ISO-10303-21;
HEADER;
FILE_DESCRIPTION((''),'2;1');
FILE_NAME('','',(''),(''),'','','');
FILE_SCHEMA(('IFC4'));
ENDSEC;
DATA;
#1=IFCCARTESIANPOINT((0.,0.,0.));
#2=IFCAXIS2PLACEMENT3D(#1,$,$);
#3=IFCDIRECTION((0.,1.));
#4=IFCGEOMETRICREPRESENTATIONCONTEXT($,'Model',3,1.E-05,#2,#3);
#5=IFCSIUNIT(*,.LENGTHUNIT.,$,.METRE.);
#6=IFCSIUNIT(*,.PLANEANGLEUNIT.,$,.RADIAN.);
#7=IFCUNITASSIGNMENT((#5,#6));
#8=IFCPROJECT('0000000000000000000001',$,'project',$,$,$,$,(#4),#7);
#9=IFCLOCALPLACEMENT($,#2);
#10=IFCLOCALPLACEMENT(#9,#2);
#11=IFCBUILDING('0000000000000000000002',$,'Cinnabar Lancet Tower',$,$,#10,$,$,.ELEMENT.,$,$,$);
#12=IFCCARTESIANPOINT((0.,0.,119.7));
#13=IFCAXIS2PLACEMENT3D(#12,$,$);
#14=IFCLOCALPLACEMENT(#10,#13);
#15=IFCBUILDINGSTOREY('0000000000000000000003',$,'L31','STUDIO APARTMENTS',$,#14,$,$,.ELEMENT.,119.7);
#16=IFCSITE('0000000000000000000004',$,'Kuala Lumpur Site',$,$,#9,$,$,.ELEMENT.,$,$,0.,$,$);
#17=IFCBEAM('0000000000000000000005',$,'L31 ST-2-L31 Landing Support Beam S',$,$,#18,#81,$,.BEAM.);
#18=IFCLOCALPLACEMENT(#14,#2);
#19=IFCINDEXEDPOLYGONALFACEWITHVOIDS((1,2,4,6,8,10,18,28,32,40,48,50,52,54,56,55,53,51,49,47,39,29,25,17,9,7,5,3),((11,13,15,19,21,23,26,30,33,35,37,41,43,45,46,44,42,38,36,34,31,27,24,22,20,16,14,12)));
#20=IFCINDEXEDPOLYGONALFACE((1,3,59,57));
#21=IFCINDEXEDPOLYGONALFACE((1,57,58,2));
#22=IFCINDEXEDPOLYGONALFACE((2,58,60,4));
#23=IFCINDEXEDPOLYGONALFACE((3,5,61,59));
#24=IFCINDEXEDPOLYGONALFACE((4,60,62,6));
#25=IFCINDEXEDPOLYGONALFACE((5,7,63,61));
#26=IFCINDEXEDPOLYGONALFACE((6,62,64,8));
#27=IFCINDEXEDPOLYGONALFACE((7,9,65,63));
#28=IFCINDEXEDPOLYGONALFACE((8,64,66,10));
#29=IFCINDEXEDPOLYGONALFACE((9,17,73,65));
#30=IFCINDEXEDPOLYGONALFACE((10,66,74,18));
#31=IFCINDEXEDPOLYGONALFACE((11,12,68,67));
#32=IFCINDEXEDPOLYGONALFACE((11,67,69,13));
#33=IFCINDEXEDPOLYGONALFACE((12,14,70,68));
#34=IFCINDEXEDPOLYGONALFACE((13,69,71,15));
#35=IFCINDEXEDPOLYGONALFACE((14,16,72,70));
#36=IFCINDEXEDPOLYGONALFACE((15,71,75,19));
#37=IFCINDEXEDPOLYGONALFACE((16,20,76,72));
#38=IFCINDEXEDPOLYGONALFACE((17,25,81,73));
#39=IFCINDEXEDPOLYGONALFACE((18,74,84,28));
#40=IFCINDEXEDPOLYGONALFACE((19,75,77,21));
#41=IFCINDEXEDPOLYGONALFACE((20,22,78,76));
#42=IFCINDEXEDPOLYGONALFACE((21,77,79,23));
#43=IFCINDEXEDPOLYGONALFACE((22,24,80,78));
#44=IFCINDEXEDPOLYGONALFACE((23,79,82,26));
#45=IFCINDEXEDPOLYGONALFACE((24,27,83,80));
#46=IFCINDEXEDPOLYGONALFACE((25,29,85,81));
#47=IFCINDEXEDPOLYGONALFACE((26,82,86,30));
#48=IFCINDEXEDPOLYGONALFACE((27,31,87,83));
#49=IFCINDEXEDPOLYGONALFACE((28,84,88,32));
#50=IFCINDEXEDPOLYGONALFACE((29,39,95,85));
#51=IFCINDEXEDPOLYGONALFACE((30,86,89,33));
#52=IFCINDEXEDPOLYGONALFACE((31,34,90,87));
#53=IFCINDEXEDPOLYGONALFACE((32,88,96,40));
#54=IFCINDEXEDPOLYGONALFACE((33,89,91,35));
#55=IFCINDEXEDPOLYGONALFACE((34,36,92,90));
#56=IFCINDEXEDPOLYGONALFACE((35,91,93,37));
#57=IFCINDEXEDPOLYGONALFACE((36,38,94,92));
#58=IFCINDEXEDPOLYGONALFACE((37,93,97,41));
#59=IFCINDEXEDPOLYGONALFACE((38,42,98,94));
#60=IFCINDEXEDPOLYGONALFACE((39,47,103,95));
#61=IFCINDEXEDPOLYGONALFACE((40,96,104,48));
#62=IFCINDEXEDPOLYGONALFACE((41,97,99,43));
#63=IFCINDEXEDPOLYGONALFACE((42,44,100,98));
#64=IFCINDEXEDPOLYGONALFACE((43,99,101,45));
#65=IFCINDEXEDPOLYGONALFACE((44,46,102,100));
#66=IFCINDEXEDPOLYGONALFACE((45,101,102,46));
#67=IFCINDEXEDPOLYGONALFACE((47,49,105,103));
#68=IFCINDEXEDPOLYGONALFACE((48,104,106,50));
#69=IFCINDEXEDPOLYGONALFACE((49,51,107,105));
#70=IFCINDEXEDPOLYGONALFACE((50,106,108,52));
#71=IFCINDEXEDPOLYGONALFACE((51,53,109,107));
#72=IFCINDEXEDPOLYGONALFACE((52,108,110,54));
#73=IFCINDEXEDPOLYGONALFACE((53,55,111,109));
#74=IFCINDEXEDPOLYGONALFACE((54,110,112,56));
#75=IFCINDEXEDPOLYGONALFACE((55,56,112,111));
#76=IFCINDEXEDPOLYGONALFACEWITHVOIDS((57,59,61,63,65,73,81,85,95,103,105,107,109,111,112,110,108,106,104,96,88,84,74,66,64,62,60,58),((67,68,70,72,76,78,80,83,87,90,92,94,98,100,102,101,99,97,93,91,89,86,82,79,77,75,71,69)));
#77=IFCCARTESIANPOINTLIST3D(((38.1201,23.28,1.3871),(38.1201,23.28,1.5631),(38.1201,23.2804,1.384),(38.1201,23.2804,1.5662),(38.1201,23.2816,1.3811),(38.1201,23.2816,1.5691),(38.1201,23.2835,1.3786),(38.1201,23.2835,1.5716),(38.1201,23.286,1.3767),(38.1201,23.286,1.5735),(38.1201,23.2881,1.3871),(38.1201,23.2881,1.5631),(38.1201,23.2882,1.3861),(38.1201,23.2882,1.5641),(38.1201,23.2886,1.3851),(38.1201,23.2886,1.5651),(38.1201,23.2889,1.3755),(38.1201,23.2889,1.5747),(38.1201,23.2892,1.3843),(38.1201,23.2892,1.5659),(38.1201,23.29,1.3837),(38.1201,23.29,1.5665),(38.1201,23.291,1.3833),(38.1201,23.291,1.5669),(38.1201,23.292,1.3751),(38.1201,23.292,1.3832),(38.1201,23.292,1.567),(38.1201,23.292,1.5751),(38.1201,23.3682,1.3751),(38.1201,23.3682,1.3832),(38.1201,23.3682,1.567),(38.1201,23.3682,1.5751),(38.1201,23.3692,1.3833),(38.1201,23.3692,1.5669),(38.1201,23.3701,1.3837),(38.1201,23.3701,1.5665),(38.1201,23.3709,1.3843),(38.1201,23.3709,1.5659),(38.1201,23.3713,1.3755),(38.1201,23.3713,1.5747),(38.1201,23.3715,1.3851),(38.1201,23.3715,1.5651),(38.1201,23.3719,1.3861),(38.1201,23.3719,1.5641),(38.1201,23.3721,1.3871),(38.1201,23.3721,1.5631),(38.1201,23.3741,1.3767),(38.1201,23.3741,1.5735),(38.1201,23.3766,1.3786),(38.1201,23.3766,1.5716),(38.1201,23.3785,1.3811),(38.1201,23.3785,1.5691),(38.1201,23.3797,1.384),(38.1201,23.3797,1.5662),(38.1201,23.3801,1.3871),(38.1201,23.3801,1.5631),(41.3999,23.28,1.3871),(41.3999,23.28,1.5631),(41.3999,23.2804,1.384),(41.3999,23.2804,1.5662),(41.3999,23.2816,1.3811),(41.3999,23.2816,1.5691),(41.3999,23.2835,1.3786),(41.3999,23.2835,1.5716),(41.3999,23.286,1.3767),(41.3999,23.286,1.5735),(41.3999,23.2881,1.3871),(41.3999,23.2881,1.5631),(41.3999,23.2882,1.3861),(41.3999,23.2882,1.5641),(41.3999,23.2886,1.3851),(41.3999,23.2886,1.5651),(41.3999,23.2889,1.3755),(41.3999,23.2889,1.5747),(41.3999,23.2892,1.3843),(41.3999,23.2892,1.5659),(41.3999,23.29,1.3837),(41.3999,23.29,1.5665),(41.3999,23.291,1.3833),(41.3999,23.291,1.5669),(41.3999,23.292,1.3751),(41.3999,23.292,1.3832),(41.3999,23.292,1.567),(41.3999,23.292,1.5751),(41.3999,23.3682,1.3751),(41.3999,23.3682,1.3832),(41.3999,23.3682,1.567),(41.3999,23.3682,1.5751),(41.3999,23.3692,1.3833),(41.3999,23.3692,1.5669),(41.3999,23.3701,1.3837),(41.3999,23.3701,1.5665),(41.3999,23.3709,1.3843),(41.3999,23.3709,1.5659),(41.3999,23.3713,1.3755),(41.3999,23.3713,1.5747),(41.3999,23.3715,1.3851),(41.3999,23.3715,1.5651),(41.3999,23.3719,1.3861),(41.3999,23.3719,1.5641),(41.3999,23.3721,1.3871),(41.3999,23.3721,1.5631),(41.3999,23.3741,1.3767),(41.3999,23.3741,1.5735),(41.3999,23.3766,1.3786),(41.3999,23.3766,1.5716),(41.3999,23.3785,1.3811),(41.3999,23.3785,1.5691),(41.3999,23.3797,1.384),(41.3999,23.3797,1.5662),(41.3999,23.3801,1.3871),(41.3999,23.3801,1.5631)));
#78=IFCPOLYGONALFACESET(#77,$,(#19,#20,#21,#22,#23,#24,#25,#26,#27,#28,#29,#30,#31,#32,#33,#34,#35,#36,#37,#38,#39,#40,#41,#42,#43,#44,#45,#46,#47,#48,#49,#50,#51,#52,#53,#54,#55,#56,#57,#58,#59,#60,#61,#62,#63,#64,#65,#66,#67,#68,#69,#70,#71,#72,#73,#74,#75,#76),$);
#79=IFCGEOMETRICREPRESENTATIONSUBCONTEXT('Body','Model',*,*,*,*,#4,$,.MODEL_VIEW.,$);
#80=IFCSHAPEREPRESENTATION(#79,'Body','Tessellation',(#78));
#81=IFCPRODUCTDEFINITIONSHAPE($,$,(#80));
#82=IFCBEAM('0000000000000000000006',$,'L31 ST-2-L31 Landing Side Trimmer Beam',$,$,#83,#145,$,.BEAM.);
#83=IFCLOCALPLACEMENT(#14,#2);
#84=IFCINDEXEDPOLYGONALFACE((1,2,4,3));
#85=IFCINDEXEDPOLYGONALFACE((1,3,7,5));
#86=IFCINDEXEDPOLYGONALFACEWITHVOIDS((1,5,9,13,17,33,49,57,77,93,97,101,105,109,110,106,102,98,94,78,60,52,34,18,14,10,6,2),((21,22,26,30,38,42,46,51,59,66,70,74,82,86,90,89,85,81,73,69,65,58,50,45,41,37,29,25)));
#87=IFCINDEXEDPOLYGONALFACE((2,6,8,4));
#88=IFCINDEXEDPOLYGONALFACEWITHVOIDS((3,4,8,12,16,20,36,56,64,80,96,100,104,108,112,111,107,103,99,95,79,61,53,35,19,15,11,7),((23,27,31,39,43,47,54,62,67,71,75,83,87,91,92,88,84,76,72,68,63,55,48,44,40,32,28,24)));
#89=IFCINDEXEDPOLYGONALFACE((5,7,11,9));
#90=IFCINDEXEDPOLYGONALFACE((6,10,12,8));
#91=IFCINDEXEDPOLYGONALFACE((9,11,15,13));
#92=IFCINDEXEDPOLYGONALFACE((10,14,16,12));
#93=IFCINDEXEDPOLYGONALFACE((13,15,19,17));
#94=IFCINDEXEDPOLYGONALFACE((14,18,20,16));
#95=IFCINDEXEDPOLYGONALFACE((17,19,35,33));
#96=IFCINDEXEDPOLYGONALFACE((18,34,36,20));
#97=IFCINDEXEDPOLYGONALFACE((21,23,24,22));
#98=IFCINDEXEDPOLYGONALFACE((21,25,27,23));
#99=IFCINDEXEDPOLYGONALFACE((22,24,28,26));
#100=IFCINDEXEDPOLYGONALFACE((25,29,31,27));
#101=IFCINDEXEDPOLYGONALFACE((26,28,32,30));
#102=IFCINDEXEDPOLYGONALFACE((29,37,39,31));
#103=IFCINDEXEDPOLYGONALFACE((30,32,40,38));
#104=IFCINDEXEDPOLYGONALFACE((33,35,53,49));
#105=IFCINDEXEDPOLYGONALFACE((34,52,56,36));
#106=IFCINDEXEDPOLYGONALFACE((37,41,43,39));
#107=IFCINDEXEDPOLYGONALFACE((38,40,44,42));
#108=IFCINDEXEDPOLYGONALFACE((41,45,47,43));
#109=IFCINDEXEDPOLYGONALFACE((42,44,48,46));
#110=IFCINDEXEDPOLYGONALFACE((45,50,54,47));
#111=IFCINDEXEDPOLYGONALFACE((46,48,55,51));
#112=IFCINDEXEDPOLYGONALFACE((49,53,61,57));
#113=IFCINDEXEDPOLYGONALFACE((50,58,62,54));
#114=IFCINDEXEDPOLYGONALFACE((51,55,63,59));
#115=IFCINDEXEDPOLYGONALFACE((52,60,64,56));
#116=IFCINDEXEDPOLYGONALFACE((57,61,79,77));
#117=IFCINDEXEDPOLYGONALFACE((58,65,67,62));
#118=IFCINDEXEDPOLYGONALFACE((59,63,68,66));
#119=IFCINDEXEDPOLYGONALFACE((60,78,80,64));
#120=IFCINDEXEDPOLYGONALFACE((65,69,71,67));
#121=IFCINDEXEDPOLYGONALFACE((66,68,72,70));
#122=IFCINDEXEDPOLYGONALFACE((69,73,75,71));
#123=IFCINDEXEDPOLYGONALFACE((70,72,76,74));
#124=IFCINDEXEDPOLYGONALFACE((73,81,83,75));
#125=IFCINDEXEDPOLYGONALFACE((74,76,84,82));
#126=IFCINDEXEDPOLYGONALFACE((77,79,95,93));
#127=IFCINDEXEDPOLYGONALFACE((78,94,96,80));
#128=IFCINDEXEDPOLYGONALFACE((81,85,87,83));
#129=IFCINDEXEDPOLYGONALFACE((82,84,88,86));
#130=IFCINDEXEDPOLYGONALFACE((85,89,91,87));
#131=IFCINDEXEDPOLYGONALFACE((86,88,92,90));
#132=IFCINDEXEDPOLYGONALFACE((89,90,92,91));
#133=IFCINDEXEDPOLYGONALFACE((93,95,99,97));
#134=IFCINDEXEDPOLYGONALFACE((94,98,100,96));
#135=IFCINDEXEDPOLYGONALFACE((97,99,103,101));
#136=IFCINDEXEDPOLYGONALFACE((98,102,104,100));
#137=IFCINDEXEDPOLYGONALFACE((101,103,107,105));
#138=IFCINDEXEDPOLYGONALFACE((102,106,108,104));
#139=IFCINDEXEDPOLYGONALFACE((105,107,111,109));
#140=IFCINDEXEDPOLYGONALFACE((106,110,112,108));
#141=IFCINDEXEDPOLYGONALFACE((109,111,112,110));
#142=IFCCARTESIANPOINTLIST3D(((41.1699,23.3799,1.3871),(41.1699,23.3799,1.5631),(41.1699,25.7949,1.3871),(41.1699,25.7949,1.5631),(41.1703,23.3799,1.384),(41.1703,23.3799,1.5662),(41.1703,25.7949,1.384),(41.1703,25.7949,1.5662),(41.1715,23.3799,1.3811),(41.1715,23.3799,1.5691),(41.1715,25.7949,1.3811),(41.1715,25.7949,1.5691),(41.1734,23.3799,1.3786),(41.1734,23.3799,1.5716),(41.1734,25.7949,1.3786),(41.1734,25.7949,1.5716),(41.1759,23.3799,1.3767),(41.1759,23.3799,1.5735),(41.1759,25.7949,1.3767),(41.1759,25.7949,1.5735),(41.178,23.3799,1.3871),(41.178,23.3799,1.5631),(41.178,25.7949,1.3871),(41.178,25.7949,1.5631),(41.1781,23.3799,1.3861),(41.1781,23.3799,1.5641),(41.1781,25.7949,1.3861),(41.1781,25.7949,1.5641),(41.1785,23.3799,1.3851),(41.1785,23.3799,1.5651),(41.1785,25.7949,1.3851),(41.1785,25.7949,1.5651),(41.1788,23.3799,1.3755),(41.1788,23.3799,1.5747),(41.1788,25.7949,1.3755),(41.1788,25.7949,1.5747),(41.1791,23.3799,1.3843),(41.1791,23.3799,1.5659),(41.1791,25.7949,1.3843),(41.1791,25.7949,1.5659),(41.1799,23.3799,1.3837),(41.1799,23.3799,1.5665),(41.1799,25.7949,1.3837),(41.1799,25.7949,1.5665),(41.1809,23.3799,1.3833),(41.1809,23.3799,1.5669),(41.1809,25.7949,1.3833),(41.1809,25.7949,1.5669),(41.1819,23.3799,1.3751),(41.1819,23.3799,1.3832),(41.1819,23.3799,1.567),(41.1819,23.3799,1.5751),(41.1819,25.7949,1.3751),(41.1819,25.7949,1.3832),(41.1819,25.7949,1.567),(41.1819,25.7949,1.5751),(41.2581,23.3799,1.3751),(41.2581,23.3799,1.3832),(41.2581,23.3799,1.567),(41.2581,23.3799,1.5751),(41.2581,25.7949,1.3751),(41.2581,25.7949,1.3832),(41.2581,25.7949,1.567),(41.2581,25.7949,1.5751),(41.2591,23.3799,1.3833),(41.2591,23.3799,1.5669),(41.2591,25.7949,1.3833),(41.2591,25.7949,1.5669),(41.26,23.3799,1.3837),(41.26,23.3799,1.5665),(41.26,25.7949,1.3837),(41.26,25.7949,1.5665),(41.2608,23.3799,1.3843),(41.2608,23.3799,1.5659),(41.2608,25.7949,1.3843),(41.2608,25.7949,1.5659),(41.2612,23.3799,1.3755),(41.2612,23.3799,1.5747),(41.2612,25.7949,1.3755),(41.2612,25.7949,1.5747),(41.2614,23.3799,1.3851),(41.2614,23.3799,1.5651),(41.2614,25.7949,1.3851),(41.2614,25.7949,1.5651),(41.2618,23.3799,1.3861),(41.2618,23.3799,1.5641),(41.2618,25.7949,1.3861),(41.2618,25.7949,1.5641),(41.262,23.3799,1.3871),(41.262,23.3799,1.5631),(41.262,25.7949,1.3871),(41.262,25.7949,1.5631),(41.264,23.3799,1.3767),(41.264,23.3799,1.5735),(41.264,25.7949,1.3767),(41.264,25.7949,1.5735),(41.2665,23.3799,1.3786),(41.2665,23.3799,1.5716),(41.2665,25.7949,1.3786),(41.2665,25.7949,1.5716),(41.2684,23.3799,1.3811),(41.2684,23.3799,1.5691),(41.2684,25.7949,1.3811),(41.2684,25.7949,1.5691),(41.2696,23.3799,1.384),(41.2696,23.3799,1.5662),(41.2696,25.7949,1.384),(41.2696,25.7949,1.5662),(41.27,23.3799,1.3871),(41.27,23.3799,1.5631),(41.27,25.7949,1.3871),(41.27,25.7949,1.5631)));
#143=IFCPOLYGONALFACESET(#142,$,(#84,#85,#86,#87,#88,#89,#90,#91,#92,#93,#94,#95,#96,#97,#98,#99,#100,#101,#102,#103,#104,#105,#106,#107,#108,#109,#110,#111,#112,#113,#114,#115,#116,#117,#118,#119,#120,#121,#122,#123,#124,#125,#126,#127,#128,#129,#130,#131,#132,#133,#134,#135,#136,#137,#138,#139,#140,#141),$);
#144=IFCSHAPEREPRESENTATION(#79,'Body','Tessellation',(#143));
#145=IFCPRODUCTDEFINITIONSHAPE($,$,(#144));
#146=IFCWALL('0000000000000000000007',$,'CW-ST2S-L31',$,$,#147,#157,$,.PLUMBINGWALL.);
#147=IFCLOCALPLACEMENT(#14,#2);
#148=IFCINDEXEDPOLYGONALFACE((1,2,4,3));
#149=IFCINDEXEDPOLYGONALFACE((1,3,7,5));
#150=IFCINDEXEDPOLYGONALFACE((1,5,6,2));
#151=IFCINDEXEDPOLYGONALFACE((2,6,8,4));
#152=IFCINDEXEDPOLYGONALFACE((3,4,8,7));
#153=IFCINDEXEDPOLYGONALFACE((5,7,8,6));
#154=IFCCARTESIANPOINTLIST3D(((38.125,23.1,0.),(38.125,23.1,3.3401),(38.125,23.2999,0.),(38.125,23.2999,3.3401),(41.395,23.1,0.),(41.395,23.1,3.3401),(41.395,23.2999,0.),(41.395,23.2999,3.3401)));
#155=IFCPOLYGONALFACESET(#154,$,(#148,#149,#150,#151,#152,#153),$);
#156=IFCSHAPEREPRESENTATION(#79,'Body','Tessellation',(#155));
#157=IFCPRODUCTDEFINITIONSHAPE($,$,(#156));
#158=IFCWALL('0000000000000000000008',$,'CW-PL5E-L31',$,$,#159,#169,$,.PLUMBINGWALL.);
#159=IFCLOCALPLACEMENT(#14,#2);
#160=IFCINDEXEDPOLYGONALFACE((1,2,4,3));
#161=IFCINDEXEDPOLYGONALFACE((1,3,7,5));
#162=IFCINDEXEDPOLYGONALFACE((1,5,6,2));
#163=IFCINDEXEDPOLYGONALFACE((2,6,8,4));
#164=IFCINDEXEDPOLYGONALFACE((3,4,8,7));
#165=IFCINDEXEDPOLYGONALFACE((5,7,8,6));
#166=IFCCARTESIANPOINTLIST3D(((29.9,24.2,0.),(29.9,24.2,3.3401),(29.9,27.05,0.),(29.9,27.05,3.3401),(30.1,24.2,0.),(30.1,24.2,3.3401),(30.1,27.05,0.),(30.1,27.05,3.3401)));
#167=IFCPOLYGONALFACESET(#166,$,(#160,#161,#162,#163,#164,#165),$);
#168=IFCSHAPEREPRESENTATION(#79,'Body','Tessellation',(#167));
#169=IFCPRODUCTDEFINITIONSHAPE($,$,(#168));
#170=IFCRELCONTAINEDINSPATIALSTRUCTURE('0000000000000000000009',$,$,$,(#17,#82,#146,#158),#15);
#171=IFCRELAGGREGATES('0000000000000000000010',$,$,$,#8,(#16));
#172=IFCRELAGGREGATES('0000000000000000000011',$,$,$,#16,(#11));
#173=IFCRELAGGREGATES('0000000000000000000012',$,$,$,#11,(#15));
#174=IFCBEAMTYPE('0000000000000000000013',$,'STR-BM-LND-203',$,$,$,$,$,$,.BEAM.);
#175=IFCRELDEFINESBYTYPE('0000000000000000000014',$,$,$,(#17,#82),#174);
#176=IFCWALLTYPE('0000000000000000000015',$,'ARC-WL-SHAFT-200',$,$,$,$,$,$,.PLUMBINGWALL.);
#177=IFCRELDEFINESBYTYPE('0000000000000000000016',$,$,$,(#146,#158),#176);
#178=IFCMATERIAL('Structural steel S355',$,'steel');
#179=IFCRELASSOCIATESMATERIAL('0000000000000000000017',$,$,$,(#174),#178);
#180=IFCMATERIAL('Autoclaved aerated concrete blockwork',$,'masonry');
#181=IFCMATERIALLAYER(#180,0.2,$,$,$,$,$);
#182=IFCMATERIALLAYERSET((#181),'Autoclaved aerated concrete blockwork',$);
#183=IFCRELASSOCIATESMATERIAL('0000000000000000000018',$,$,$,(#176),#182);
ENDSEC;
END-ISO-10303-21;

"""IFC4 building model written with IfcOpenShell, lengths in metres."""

from ifc_helpers import new_model, si_unit, direction, frame, frame_2d, origin, origin_2d, place, context, subcontext, project, spatial, rectangle, hollow_rectangle, extrude, material, layer, layer_set, material_profile, profile_set, type_object, element, save


model = new_model("IFC4")

# Units and contexts
model_context = context("Model", 3, precision=1e-05, world=origin(), true_north=direction((0.0, 1.0)))
body_context = subcontext(model_context, "Body", "Model", "MODEL_VIEW")
ifc_project = project(units=[si_unit("LENGTHUNIT", "METRE"), si_unit("PLANEANGLEUNIT", "RADIAN")], contexts=[model_context])

# Site, building, storey
site_placement = place(None, origin())
site = spatial("IfcSite", under=ifc_project, at=site_placement, Name="Kuala Lumpur Site", CompositionType="ELEMENT", RefElevation=0.0)
building_placement = place(site_placement, origin())
building = spatial("IfcBuilding", under=site, at=building_placement, Name="Cinnabar Lancet Tower", CompositionType="ELEMENT")
storey_placement = place(building_placement, frame((0.0, 0.0, 119.7)))
storey = spatial("IfcBuildingStorey", under=building, at=storey_placement, Name="L31", Description="STUDIO APARTMENTS", CompositionType="ELEMENT", Elevation=119.7)

# Beams
ifc_material_1 = material(Name="Structural steel S355", Category="steel")
ifc_material_profile_1 = material_profile(ifc_material_1, hollow_rectangle(XDim=0.1001, YDim=0.2, WallThickness=0.0081, InnerFilletRadius=0.0039, OuterFilletRadius=0.012, at=origin_2d()), Name="RHS 200x100x8")
ifc_profile_set_1 = profile_set([ifc_material_profile_1], Name="Structural steel S355")
beam_type_1 = type_object("IfcBeamType", Name="STR-BM-LND-203", PredefinedType="BEAM", material=ifc_profile_set_1)
beam_1_placement = place(storey_placement, frame((38.1201, 23.3301, 1.4751), z_axis=(1.0, 0.0, 0.0), x_axis=(0.0, 1.0, 0.0)))
element("IfcBeam", 1, at=beam_1_placement, inside=storey, type_object=beam_type_1, Name="L31 ST-2-L31 Landing Support Beam S", PredefinedType="BEAM", context=body_context, shape_type="SweptSolid", body=[
    extrude(hollow_rectangle(XDim=0.1001, YDim=0.2, WallThickness=0.0081, InnerFilletRadius=0.0039, OuterFilletRadius=0.012, at=origin_2d()), origin(), (0.0, 0.0, 1.0), 3.2798),
])
beam_2_placement = place(storey_placement, frame((41.22, 23.3799, 1.4751), z_axis=(0.0, 1.0, 0.0), x_axis=(-1.0, 0.0, 0.0)))
element("IfcBeam", 2, at=beam_2_placement, inside=storey, type_object=beam_type_1, Name="L31 ST-2-L31 Landing Side Trimmer Beam", PredefinedType="BEAM", context=body_context, shape_type="SweptSolid", body=[
    extrude(hollow_rectangle(XDim=0.1001, YDim=0.2, WallThickness=0.0081, InnerFilletRadius=0.0039, OuterFilletRadius=0.012, at=origin_2d()), origin(), (0.0, 0.0, 1.0), 2.415),
])

# Walls
ifc_material_2 = material(Name="Autoclaved aerated concrete blockwork", Category="masonry")
ifc_layer_1 = layer(ifc_material_2, 0.2)
ifc_layer_set_1 = layer_set([ifc_layer_1], Name="Autoclaved aerated concrete blockwork")
wall_type_1 = type_object("IfcWallType", Name="ARC-WL-SHAFT-200", PredefinedType="PLUMBINGWALL", material=ifc_layer_set_1)
wall_1_placement = place(storey_placement, frame((38.125, 23.2, 0.0), z_axis=(0.0, 0.0, 1.0), x_axis=(1.0, 0.0, 0.0)))
element("IfcWall", 3, at=wall_1_placement, inside=storey, type_object=wall_type_1, Name="CW-ST2S-L31", PredefinedType="PLUMBINGWALL", context=body_context, shape_type="SweptSolid", body=[
    extrude(rectangle(XDim=3.27, YDim=0.2, at=frame_2d((1.635, 0.0))), origin(), (0.0, 0.0, 1.0), 3.3401),
])
wall_2_placement = place(storey_placement, frame((30.0, 24.2, 0.0), z_axis=(0.0, 0.0, 1.0), x_axis=(0.0, 1.0, 0.0)))
element("IfcWall", 4, at=wall_2_placement, inside=storey, type_object=wall_type_1, Name="CW-PL5E-L31", PredefinedType="PLUMBINGWALL", context=body_context, shape_type="SweptSolid", body=[
    extrude(rectangle(XDim=2.8501, YDim=0.2, at=frame_2d((1.425, 0.0))), origin(), (0.0, 0.0, 1.0), 3.3401),
])

save(model, "model.ifc")
